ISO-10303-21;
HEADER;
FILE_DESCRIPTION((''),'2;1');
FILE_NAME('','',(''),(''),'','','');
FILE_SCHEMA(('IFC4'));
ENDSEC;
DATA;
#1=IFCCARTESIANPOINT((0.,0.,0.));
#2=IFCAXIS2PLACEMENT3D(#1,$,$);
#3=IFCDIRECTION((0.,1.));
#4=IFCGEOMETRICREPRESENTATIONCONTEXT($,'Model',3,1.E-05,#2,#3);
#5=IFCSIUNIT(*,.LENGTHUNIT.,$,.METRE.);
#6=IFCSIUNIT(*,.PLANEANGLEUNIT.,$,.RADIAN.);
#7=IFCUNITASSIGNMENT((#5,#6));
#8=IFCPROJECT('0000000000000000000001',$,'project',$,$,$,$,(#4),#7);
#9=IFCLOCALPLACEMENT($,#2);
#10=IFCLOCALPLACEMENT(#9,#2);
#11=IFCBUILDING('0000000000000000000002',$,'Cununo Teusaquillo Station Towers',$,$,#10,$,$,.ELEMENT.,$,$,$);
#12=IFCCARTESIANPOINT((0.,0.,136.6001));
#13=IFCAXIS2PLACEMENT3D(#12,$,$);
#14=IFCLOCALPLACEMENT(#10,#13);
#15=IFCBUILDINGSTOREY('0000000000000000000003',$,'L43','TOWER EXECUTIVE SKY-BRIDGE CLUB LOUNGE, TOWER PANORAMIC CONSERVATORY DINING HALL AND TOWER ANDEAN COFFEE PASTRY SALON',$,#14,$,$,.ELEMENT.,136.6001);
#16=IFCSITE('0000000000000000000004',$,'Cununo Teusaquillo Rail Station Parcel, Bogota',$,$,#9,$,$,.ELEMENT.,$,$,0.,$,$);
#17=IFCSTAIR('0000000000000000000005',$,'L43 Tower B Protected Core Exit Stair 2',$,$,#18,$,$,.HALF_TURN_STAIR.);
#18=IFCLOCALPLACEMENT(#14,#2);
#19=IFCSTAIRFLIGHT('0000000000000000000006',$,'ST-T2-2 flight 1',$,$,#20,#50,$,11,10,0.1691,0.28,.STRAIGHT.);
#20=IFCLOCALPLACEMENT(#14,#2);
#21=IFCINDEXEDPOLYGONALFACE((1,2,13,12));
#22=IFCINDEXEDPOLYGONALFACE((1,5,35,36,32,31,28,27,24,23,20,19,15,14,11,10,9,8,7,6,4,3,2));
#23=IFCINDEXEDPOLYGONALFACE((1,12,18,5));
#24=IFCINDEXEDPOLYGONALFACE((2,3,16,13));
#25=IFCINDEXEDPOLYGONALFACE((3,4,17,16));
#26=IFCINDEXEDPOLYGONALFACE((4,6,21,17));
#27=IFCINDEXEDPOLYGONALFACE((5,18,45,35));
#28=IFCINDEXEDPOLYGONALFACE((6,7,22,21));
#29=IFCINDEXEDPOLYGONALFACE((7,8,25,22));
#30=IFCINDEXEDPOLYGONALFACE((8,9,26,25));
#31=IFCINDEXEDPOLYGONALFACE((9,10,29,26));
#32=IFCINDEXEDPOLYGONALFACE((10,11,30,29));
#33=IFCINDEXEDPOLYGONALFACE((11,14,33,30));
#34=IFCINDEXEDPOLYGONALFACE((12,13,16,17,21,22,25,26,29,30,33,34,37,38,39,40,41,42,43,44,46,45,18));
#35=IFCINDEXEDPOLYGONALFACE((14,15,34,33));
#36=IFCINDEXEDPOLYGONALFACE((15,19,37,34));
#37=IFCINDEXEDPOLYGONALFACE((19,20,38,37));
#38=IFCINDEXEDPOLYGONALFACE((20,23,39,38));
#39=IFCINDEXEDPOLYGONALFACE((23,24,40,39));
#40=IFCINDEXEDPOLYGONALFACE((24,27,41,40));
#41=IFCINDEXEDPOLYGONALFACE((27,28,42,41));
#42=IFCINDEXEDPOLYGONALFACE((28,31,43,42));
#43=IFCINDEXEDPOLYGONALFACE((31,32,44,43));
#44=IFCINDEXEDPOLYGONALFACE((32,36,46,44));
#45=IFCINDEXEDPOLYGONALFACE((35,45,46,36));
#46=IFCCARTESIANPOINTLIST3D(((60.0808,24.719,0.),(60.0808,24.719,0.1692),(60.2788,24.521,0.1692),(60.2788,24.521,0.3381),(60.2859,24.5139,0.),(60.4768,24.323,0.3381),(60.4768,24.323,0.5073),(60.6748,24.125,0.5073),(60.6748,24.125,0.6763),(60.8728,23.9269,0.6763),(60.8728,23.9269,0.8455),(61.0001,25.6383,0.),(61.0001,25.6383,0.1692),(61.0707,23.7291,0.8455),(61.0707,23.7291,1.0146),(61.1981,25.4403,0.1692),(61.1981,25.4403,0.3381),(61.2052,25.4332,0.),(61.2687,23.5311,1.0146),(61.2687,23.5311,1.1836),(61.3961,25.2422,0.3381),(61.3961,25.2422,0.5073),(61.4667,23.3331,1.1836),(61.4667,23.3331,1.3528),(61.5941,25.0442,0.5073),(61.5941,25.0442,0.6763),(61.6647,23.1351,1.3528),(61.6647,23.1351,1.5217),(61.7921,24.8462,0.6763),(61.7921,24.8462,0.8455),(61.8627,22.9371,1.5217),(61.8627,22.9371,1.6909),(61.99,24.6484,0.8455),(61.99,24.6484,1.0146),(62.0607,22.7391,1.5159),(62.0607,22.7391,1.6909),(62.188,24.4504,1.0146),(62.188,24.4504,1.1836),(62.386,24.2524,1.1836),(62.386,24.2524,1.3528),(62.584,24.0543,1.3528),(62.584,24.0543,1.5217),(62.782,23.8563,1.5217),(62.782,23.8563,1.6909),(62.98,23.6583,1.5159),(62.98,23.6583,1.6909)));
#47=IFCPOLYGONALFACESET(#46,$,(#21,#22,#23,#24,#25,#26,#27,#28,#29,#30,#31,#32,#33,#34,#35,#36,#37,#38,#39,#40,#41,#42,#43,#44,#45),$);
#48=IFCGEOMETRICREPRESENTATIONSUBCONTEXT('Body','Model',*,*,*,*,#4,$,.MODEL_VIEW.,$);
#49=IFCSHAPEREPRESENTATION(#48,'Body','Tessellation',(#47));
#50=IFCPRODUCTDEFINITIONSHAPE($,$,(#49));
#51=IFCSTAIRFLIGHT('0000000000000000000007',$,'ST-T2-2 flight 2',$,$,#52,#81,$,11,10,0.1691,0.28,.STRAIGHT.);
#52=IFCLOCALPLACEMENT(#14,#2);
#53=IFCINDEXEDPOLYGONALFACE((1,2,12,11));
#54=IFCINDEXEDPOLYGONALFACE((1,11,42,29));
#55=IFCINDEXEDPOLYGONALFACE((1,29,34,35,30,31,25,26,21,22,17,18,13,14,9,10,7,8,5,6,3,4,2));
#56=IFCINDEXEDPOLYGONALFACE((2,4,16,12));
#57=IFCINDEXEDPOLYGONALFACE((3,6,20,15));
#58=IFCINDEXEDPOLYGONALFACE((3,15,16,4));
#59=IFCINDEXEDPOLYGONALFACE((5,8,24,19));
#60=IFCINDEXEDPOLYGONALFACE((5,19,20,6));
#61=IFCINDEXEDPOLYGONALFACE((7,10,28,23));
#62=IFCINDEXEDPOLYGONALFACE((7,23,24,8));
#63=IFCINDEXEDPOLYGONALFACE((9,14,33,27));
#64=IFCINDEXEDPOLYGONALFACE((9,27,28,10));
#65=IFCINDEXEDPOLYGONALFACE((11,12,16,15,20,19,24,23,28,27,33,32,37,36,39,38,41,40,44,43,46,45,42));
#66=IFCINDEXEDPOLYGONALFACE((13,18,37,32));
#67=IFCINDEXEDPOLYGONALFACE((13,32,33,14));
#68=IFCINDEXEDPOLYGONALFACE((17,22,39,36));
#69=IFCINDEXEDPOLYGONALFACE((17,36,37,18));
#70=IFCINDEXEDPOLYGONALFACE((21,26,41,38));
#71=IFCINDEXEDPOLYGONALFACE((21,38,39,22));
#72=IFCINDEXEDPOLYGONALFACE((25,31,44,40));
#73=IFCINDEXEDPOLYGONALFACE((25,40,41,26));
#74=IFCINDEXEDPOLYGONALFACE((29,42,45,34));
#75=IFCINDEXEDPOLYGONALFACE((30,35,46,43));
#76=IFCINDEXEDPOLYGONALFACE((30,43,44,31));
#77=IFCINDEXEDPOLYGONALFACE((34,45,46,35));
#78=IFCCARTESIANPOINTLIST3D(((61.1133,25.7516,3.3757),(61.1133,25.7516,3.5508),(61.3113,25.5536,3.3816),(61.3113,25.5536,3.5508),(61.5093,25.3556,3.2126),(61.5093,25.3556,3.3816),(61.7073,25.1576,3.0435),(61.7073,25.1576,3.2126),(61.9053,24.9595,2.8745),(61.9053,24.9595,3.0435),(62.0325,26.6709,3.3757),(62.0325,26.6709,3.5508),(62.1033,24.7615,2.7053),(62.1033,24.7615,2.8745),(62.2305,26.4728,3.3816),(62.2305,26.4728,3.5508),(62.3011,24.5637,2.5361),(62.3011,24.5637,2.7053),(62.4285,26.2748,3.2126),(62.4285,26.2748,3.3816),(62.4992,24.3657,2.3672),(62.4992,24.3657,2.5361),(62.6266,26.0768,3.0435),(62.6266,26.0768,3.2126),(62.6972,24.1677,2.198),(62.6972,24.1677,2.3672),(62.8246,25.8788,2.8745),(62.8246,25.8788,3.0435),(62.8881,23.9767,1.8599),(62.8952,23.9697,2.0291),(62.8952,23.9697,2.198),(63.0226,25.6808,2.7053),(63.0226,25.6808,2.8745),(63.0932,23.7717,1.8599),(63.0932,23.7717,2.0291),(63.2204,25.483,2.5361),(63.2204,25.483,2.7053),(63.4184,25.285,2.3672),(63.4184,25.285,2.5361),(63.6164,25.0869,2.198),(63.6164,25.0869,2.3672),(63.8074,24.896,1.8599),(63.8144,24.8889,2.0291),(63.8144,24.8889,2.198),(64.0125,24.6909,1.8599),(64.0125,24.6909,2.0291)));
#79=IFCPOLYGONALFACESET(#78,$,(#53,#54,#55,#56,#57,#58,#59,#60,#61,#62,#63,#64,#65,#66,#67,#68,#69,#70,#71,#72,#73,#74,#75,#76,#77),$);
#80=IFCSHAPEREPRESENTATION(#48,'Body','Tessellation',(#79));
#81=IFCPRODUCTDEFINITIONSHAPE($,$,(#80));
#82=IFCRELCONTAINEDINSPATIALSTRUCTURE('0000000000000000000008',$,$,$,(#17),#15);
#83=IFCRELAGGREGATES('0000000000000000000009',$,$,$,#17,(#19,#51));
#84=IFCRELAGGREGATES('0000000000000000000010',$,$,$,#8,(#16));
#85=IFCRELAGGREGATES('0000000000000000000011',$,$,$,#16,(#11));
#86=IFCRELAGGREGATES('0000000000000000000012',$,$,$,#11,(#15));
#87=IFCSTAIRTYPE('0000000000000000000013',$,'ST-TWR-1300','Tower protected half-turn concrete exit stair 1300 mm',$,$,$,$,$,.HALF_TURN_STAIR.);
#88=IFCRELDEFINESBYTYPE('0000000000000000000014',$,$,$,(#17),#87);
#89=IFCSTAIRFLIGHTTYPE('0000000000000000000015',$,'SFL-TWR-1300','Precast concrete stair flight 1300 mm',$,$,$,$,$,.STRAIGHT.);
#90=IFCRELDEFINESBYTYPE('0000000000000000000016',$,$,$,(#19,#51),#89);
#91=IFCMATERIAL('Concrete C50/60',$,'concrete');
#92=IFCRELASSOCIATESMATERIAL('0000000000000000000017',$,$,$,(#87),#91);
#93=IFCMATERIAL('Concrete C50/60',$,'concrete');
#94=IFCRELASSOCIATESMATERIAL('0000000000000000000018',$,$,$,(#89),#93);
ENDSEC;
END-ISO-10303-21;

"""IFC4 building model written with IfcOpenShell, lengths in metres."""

from ifc_helpers import new_model, si_unit, direction, frame, origin, place, context, subcontext, project, spatial, polyline, outline, extrude, material, type_object, element, aggregate, save


model = new_model("IFC4")

# Units and contexts
model_context = context("Model", 3, precision=1e-05, world=origin(), true_north=direction((0.0, 1.0)))
body_context = subcontext(model_context, "Body", "Model", "MODEL_VIEW")
ifc_project = project(units=[si_unit("LENGTHUNIT", "METRE"), si_unit("PLANEANGLEUNIT", "RADIAN")], contexts=[model_context])

# Site, building, storey
site_placement = place(None, origin())
site = spatial("IfcSite", under=ifc_project, at=site_placement, Name="Cununo Teusaquillo Rail Station Parcel, Bogota", CompositionType="ELEMENT", RefElevation=0.0)
building_placement = place(site_placement, origin())
building = spatial("IfcBuilding", under=site, at=building_placement, Name="Cununo Teusaquillo Station Towers", CompositionType="ELEMENT")
storey_placement = place(building_placement, frame((0.0, 0.0, 136.6001)))
storey = spatial("IfcBuildingStorey", under=building, at=storey_placement, Name="L43", Description="TOWER EXECUTIVE SKY-BRIDGE CLUB LOUNGE, TOWER PANORAMIC CONSERVATORY DINING HALL AND TOWER ANDEAN COFFEE PASTRY SALON", CompositionType="ELEMENT", Elevation=136.6001)

# Stair, stair flights
ifc_material_1 = material(Name="Concrete C50/60", Category="concrete")
stair_type = type_object("IfcStairType", Name="ST-TWR-1300", Description="Tower protected half-turn concrete exit stair 1300 mm", PredefinedType="HALF_TURN_STAIR", material=ifc_material_1)
stair_placement = place(storey_placement, origin())
stair = element("IfcStair", 1, at=stair_placement, inside=storey, type_object=stair_type, Name="L43 Tower B Protected Core Exit Stair 2", PredefinedType="HALF_TURN_STAIR")
ifc_material_2 = material(Name="Concrete C50/60", Category="concrete")
stair_flight_type = type_object("IfcStairFlightType", Name="SFL-TWR-1300", Description="Precast concrete stair flight 1300 mm", PredefinedType="STRAIGHT", material=ifc_material_2)
stair_flight_1_placement = place(storey_placement, frame((60.5405, 25.1787, 0.0), z_axis=(0.0, 0.0, 1.0), x_axis=(0.707107, -0.707107, 0.0)))
stair_flight_1 = element("IfcStairFlight", 2, at=stair_flight_1_placement, type_object=stair_flight_type, Name="ST-T2-2 flight 1", NumberOfRisers=11, NumberOfTreads=10, PredefinedType="STRAIGHT", RiserHeight=0.1691, TreadLength=0.28, context=body_context, shape_type="SweptSolid", body=[
    extrude(outline(polyline([(0.0, 0.0), (0.0, 0.1692), (0.28, 0.1692), (0.28, 0.3381), (0.5601, 0.3381), (0.5601, 0.5073), (0.8401, 0.5073), (0.8401, 0.6763), (1.1201, 0.6763), (1.1201, 0.8455), (1.3999, 0.8455), (1.3999, 1.0146), (1.6799, 1.0146), (1.6799, 1.1836), (1.96, 1.1836), (1.96, 1.3528), (2.24, 1.3528), (2.24, 1.5217), (2.52, 1.5217), (2.52, 1.6909), (2.8, 1.6909), (2.8, 1.8601), (2.8, 1.5159), (0.29, 0.0), (0.0, 0.0)])), frame((0.0, 0.6499, 0.0), z_axis=(0.0, -1.0, 0.0), x_axis=(1.0, 0.0, 0.0)), (0.0, 0.0, 1.0), 1.3),
])
stair_flight_2_placement = place(storey_placement, frame((63.5527, 24.2312, 1.8599), z_axis=(0.0, 0.0, 1.0), x_axis=(-0.707107, 0.707107, 0.0)))
stair_flight_2 = element("IfcStairFlight", 3, at=stair_flight_2_placement, type_object=stair_flight_type, Name="ST-T2-2 flight 2", NumberOfRisers=11, NumberOfTreads=10, PredefinedType="STRAIGHT", RiserHeight=0.1691, TreadLength=0.28, context=body_context, shape_type="SweptSolid", body=[
    extrude(outline(polyline([(0.0, 0.0), (0.0, 0.1692), (0.28, 0.1692), (0.28, 0.3381), (0.5601, 0.3381), (0.5601, 0.5073), (0.8401, 0.5073), (0.8401, 0.6763), (1.1201, 0.6763), (1.1201, 0.8455), (1.3999, 0.8455), (1.3999, 1.0146), (1.6799, 1.0146), (1.6799, 1.1836), (1.96, 1.1836), (1.96, 1.3528), (2.24, 1.3528), (2.24, 1.5217), (2.52, 1.5217), (2.52, 1.6909), (2.8, 1.6909), (2.8, 1.8601), (2.8, 1.5159), (0.29, 0.0), (0.0, 0.0)])), frame((0.0, 0.6499, 0.0), z_axis=(0.0, -1.0, 0.0), x_axis=(1.0, 0.0, 0.0)), (0.0, 0.0, 1.0), 1.3),
])
aggregate(stair, [stair_flight_1, stair_flight_2])

save(model, "model.ifc")
